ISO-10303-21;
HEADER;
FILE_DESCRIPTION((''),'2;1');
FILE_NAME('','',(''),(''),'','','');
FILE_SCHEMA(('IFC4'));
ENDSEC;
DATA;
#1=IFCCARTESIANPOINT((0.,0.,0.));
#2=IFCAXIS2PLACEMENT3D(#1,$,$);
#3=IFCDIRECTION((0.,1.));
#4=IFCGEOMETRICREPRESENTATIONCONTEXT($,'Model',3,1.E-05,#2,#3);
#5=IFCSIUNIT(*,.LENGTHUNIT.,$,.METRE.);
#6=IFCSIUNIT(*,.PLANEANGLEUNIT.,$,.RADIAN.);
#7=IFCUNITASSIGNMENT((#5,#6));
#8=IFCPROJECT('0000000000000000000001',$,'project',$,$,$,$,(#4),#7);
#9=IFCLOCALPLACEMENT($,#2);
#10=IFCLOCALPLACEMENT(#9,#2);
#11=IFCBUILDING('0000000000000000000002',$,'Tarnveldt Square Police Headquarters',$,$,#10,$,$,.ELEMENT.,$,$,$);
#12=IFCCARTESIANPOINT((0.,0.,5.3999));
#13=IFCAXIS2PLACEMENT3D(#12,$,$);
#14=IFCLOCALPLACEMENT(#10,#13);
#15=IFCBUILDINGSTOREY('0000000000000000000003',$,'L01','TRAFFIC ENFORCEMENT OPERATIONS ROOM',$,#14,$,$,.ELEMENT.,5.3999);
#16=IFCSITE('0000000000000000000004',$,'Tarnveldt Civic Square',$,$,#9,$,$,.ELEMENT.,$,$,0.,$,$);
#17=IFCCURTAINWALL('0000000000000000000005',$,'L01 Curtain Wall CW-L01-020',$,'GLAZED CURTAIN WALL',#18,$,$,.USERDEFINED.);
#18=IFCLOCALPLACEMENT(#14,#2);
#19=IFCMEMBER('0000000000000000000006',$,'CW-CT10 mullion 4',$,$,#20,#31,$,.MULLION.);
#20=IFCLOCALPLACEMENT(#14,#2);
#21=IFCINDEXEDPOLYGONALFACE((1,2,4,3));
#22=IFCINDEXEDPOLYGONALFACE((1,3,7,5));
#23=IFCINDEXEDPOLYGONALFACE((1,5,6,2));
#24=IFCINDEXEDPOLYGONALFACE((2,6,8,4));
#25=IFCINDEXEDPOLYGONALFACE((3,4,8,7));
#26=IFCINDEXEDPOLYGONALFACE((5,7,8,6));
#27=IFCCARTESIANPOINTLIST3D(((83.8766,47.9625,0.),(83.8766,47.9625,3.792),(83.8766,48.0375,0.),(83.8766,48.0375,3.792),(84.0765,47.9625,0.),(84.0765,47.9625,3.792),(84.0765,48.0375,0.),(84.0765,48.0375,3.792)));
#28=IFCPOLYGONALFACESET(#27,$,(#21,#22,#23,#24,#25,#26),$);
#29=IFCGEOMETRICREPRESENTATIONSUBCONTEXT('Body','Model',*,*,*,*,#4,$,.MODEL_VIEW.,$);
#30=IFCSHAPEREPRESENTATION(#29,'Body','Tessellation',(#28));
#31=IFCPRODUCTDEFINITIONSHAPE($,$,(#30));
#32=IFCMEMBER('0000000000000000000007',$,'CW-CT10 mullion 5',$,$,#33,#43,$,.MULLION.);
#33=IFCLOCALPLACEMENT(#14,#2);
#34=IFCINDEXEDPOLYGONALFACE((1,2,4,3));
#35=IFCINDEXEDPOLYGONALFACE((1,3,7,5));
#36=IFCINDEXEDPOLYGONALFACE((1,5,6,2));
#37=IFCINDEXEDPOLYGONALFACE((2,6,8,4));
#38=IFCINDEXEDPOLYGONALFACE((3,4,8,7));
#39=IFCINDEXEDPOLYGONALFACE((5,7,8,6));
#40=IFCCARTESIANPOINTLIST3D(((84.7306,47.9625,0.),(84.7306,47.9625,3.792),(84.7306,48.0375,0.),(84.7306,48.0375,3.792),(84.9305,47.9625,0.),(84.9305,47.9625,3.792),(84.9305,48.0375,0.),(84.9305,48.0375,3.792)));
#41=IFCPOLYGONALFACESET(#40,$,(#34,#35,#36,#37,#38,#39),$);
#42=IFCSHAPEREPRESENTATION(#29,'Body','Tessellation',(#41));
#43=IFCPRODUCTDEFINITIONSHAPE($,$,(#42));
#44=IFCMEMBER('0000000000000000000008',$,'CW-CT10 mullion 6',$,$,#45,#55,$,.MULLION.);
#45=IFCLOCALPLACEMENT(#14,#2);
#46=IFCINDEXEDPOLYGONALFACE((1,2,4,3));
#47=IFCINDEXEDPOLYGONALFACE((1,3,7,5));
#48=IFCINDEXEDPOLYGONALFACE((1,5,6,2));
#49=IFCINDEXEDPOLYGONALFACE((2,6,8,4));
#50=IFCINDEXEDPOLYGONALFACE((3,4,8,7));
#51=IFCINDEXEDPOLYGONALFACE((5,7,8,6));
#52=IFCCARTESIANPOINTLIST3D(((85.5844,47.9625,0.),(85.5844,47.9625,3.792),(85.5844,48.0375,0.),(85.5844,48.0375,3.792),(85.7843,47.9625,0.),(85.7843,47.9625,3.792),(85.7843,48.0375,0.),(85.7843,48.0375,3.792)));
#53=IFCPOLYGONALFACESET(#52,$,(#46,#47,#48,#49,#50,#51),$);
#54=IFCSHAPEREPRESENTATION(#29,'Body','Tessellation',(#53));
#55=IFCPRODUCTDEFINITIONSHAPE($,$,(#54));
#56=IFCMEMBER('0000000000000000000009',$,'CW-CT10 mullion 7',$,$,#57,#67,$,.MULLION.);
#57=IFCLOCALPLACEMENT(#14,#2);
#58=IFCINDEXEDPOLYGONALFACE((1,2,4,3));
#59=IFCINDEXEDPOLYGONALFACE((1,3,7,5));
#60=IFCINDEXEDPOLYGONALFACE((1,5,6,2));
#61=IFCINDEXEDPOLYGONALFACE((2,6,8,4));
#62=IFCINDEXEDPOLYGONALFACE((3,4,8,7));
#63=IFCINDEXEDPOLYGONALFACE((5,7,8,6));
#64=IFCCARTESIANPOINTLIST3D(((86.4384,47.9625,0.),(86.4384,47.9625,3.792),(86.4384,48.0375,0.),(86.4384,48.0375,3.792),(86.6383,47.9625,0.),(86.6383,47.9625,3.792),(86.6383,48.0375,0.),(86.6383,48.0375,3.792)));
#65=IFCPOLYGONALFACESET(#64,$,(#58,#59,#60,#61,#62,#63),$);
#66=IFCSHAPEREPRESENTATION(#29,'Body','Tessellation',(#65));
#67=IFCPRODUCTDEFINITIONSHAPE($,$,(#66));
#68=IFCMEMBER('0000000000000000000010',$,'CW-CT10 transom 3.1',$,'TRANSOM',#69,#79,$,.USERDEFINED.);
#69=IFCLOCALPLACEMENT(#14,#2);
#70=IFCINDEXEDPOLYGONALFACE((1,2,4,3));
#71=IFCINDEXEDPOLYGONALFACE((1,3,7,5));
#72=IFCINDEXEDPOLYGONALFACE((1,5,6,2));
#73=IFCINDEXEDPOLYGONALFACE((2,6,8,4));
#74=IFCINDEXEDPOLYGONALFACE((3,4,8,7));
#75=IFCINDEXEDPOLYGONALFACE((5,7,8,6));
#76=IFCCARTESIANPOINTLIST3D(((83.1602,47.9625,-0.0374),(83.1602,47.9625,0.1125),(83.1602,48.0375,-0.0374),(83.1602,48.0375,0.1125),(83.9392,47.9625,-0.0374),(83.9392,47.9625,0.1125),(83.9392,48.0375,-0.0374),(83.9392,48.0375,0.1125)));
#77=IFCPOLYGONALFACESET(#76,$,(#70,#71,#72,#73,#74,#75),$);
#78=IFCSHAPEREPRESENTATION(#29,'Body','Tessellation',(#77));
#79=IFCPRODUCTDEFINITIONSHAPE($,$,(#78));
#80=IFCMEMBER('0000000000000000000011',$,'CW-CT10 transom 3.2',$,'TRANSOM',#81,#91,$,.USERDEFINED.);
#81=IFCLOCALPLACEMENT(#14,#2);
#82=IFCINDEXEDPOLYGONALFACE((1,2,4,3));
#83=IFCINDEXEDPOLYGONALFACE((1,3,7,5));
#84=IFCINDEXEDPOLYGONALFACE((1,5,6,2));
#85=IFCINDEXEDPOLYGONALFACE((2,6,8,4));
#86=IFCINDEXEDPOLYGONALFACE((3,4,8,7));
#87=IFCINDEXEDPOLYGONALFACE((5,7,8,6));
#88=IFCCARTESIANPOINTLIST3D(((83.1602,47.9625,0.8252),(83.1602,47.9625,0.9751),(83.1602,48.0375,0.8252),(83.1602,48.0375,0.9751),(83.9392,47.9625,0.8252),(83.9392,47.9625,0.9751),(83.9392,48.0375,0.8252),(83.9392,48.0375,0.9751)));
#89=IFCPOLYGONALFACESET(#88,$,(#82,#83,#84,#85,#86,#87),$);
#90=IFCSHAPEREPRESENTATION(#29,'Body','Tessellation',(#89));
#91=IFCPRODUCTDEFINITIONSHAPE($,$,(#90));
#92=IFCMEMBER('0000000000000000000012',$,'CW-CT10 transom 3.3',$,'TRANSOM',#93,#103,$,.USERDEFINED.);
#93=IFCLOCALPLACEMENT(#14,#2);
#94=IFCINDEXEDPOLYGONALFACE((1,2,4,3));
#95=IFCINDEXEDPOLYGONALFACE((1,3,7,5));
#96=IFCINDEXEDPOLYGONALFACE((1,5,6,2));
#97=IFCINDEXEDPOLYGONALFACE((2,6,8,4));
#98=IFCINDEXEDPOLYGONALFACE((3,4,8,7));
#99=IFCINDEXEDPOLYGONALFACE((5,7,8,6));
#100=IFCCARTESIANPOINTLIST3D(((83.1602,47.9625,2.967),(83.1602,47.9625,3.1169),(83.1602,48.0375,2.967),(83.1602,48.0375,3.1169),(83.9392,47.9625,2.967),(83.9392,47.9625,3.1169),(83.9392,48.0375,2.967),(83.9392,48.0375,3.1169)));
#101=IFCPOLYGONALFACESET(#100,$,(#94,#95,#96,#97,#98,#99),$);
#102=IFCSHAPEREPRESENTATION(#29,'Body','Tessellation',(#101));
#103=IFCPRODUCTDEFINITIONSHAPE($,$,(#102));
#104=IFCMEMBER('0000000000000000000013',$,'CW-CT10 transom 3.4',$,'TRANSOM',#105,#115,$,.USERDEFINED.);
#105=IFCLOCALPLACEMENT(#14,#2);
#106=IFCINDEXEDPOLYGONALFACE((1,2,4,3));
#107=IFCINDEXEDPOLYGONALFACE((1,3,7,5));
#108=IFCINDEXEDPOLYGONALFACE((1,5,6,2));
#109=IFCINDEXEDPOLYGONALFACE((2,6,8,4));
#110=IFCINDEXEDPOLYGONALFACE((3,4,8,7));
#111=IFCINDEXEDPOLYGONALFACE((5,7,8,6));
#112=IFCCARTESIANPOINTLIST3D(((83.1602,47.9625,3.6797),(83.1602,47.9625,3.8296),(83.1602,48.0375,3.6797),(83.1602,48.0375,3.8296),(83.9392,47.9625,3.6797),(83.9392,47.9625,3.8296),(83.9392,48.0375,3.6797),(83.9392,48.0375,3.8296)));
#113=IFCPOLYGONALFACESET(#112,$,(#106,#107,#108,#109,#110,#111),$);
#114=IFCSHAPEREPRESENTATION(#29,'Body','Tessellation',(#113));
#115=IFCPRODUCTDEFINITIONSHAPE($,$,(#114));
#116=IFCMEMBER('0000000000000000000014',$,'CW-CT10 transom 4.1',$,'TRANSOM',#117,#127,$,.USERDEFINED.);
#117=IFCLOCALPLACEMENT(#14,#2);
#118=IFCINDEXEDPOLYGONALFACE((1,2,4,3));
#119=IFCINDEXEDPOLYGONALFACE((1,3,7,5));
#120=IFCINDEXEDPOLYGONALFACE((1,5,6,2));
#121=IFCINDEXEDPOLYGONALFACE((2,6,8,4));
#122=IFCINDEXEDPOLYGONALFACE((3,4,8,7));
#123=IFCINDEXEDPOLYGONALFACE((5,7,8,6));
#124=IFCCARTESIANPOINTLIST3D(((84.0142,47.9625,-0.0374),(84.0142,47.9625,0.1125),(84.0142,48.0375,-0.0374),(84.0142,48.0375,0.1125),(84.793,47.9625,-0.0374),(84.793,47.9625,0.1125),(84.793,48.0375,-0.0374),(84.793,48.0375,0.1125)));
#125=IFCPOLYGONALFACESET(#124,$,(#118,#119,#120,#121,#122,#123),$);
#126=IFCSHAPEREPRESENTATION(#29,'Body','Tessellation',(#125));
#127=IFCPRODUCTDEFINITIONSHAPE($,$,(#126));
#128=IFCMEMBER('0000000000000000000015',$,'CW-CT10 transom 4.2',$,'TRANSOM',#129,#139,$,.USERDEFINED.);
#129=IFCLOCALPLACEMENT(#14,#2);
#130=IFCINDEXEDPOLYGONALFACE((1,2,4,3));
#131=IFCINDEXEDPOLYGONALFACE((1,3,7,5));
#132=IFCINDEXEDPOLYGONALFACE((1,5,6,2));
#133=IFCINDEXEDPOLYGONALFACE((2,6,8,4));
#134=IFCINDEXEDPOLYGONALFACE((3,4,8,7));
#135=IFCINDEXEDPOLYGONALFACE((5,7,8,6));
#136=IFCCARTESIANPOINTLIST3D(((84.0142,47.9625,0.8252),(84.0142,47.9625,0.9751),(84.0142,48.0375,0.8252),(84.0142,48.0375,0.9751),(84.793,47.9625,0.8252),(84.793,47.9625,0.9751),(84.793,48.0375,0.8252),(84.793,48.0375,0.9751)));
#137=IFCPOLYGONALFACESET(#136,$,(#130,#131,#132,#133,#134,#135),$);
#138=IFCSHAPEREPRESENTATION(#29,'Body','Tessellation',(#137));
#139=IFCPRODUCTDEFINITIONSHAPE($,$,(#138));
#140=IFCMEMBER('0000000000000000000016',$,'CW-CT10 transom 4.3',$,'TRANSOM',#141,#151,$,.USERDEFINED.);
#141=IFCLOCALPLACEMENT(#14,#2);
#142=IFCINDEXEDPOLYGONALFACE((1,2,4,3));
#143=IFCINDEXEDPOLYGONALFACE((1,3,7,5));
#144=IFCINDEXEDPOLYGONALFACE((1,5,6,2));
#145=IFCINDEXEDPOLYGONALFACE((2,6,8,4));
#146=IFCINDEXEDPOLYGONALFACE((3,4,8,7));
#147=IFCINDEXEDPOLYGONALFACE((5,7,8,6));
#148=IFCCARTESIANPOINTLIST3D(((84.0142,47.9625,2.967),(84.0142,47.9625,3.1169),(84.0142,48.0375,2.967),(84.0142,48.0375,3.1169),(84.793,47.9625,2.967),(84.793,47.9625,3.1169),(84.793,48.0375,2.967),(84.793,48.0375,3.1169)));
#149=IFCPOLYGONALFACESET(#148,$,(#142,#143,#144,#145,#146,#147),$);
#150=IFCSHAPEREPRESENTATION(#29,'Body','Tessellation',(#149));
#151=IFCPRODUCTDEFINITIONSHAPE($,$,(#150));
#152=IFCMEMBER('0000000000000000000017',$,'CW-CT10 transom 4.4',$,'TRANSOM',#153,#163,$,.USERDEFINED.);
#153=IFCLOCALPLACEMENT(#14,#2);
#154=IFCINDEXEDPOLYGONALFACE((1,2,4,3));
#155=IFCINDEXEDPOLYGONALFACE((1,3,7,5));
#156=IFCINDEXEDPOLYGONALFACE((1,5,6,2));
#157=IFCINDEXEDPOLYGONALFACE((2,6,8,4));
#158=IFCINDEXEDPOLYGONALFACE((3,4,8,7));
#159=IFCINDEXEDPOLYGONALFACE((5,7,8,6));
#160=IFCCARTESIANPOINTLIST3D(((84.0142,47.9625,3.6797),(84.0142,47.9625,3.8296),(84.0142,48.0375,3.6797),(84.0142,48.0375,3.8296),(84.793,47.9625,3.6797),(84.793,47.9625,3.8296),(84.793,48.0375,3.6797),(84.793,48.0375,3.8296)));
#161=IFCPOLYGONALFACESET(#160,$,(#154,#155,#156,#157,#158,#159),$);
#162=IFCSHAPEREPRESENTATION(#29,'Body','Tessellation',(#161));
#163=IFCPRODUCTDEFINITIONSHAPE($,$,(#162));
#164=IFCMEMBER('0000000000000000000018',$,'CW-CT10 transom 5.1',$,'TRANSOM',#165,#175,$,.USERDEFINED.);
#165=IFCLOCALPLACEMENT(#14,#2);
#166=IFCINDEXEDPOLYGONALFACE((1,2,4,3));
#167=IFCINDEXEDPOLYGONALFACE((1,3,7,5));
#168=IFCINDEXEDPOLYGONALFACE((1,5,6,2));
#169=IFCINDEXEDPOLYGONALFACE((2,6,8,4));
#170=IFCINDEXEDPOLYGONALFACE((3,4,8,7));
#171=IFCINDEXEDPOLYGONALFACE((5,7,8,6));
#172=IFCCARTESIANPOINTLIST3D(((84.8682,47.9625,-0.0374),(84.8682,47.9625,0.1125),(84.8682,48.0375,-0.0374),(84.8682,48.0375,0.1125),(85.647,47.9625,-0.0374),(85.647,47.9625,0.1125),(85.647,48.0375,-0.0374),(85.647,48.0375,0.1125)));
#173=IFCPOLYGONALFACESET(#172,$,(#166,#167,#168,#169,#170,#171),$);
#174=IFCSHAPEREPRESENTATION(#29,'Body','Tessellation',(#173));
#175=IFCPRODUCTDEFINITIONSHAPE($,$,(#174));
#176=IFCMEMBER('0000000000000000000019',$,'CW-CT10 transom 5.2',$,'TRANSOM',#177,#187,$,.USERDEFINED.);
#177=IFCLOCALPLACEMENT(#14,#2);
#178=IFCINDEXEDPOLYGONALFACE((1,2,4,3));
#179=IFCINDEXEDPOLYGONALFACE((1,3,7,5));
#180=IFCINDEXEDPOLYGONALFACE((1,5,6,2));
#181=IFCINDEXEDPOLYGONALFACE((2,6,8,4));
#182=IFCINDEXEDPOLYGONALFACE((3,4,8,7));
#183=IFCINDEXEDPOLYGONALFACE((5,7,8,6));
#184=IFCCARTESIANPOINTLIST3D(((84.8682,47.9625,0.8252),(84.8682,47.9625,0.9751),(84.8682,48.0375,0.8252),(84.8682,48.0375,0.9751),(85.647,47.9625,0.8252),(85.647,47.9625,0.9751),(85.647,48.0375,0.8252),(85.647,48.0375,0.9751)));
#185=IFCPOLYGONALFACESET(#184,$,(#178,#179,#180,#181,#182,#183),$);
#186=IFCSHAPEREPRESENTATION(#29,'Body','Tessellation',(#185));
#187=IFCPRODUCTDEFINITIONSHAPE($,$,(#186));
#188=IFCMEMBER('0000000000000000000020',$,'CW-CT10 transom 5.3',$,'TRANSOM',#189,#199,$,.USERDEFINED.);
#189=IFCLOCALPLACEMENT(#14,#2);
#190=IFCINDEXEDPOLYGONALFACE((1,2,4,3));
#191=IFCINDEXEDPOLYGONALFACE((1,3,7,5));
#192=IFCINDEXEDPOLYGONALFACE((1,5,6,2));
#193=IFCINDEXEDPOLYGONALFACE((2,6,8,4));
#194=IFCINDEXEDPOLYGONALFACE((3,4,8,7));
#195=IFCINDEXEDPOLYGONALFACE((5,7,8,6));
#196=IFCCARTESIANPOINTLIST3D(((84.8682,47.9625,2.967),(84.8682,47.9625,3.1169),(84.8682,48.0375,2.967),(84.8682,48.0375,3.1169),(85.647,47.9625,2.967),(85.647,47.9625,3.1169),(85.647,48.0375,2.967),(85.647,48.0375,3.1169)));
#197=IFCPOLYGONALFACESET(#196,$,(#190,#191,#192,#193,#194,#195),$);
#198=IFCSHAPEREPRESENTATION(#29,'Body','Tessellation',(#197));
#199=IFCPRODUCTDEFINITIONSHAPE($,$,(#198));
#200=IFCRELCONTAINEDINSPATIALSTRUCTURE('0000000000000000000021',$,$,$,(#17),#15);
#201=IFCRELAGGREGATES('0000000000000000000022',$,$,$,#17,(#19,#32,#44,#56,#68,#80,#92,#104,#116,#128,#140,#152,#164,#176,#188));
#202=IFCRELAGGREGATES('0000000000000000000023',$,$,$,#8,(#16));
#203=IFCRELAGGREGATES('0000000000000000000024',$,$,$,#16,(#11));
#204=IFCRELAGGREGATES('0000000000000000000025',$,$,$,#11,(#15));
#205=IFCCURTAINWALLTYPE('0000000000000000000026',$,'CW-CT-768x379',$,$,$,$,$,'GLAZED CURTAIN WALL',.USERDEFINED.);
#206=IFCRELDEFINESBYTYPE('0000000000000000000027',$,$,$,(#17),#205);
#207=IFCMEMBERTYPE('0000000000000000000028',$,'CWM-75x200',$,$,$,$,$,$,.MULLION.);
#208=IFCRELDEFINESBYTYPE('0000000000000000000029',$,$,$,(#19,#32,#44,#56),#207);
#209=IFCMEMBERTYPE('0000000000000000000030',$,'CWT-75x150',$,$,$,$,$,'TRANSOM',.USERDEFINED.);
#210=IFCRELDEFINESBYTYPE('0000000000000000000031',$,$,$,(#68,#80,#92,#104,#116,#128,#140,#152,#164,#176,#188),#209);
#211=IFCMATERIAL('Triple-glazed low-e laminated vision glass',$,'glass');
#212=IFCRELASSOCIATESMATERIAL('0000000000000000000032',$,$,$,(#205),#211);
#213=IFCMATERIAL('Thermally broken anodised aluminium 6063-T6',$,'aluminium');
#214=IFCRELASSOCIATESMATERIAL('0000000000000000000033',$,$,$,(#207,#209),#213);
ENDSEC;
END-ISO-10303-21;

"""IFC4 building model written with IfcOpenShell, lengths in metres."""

from ifc_helpers import new_model, si_unit, direction, frame, origin, origin_2d, place, context, subcontext, project, spatial, rectangle, extrude, material, material_profile, profile_set, type_object, element, aggregate, save


model = new_model("IFC4")

# Units and contexts
model_context = context("Model", 3, precision=1e-05, world=origin(), true_north=direction((0.0, 1.0)))
body_context = subcontext(model_context, "Body", "Model", "MODEL_VIEW")
ifc_project = project(units=[si_unit("LENGTHUNIT", "METRE"), si_unit("PLANEANGLEUNIT", "RADIAN")], contexts=[model_context])

# Site, building, storey
site_placement = place(None, origin())
site = spatial("IfcSite", under=ifc_project, at=site_placement, Name="Tarnveldt Civic Square", CompositionType="ELEMENT", RefElevation=0.0)
building_placement = place(site_placement, origin())
building = spatial("IfcBuilding", under=site, at=building_placement, Name="Tarnveldt Square Police Headquarters", CompositionType="ELEMENT")
storey_placement = place(building_placement, frame((0.0, 0.0, 5.3999)))
storey = spatial("IfcBuildingStorey", under=building, at=storey_placement, Name="L01", Description="TRAFFIC ENFORCEMENT OPERATIONS ROOM", CompositionType="ELEMENT", Elevation=5.3999)

# Curtain wall, members
ifc_material_1 = material(Name="Triple-glazed low-e laminated vision glass", Category="glass")
curtain_wall_type = type_object("IfcCurtainWallType", Name="CW-CT-768x379", ElementType="GLAZED CURTAIN WALL", PredefinedType="USERDEFINED", material=ifc_material_1)
curtain_wall_placement = place(storey_placement, origin())
curtain_wall = element("IfcCurtainWall", 1, at=curtain_wall_placement, inside=storey, type_object=curtain_wall_type, Name="L01 Curtain Wall CW-L01-020", ObjectType="GLAZED CURTAIN WALL", PredefinedType="USERDEFINED")
ifc_material_2 = material(Name="Thermally broken anodised aluminium 6063-T6", Category="aluminium")
ifc_material_profile_1 = material_profile(ifc_material_2, rectangle(XDim=0.075, YDim=0.2, at=origin_2d()), Name="CW-M75x200")
ifc_profile_set_1 = profile_set([ifc_material_profile_1], Name="Thermally broken anodised aluminium 6063-T6")
member_type_1 = type_object("IfcMemberType", Name="CWM-75x200", PredefinedType="MULLION", material=ifc_profile_set_1)
member_1_placement = place(storey_placement, frame((83.9766, 48.0, 0.0), z_axis=(0.0, 0.0, 1.0), x_axis=(0.0, 1.0, 0.0)))
member_1 = element("IfcMember", 2, at=member_1_placement, type_object=member_type_1, Name="CW-CT10 mullion 4", PredefinedType="MULLION", context=body_context, shape_type="SweptSolid", body=[
    extrude(rectangle(XDim=0.075, YDim=0.2, at=origin_2d()), origin(), (0.0, 0.0, 1.0), 3.792),
])
member_2_placement = place(storey_placement, frame((84.8306, 48.0, 0.0), z_axis=(0.0, 0.0, 1.0), x_axis=(0.0, 1.0, 0.0)))
member_2 = element("IfcMember", 3, at=member_2_placement, type_object=member_type_1, Name="CW-CT10 mullion 5", PredefinedType="MULLION", context=body_context, shape_type="SweptSolid", body=[
    extrude(rectangle(XDim=0.075, YDim=0.2, at=origin_2d()), origin(), (0.0, 0.0, 1.0), 3.792),
])
member_3_placement = place(storey_placement, frame((85.6843, 48.0, 0.0), z_axis=(0.0, 0.0, 1.0), x_axis=(0.0, 1.0, 0.0)))
member_3 = element("IfcMember", 4, at=member_3_placement, type_object=member_type_1, Name="CW-CT10 mullion 6", PredefinedType="MULLION", context=body_context, shape_type="SweptSolid", body=[
    extrude(rectangle(XDim=0.075, YDim=0.2, at=origin_2d()), origin(), (0.0, 0.0, 1.0), 3.792),
])
member_4_placement = place(storey_placement, frame((86.5383, 48.0, 0.0), z_axis=(0.0, 0.0, 1.0), x_axis=(0.0, 1.0, 0.0)))
member_4 = element("IfcMember", 5, at=member_4_placement, type_object=member_type_1, Name="CW-CT10 mullion 7", PredefinedType="MULLION", context=body_context, shape_type="SweptSolid", body=[
    extrude(rectangle(XDim=0.075, YDim=0.2, at=origin_2d()), origin(), (0.0, 0.0, 1.0), 3.792),
])
ifc_material_profile_2 = material_profile(ifc_material_2, rectangle(XDim=0.075, YDim=0.1499, at=origin_2d()), Name="CW-T75x150")
ifc_profile_set_2 = profile_set([ifc_material_profile_2], Name="Thermally broken anodised aluminium 6063-T6")
member_type_2 = type_object("IfcMemberType", Name="CWT-75x150", ElementType="TRANSOM", PredefinedType="USERDEFINED", material=ifc_profile_set_2)
member_5_placement = place(storey_placement, frame((83.1602, 48.0, 0.0376), z_axis=(1.0, 0.0, 0.0), x_axis=(0.0, 1.0, 0.0)))
member_5 = element("IfcMember", 6, at=member_5_placement, type_object=member_type_2, Name="CW-CT10 transom 3.1", ObjectType="TRANSOM", PredefinedType="USERDEFINED", context=body_context, shape_type="SweptSolid", body=[
    extrude(rectangle(XDim=0.075, YDim=0.1499, at=origin_2d()), origin(), (0.0, 0.0, 1.0), 0.7791),
])
member_6_placement = place(storey_placement, frame((83.1602, 48.0, 0.9001), z_axis=(1.0, 0.0, 0.0), x_axis=(0.0, 1.0, 0.0)))
member_6 = element("IfcMember", 7, at=member_6_placement, type_object=member_type_2, Name="CW-CT10 transom 3.2", ObjectType="TRANSOM", PredefinedType="USERDEFINED", context=body_context, shape_type="SweptSolid", body=[
    extrude(rectangle(XDim=0.075, YDim=0.1499, at=origin_2d()), origin(), (0.0, 0.0, 1.0), 0.7791),
])
member_7_placement = place(storey_placement, frame((83.1602, 48.0, 3.042), z_axis=(1.0, 0.0, 0.0), x_axis=(0.0, 1.0, 0.0)))
member_7 = element("IfcMember", 8, at=member_7_placement, type_object=member_type_2, Name="CW-CT10 transom 3.3", ObjectType="TRANSOM", PredefinedType="USERDEFINED", context=body_context, shape_type="SweptSolid", body=[
    extrude(rectangle(XDim=0.075, YDim=0.1499, at=origin_2d()), origin(), (0.0, 0.0, 1.0), 0.7791),
])
member_8_placement = place(storey_placement, frame((83.1602, 48.0, 3.7546), z_axis=(1.0, 0.0, 0.0), x_axis=(0.0, 1.0, 0.0)))
member_8 = element("IfcMember", 9, at=member_8_placement, type_object=member_type_2, Name="CW-CT10 transom 3.4", ObjectType="TRANSOM", PredefinedType="USERDEFINED", context=body_context, shape_type="SweptSolid", body=[
    extrude(rectangle(XDim=0.075, YDim=0.1499, at=origin_2d()), origin(), (0.0, 0.0, 1.0), 0.7791),
])
member_9_placement = place(storey_placement, frame((84.0142, 48.0, 0.0376), z_axis=(1.0, 0.0, 0.0), x_axis=(0.0, 1.0, 0.0)))
member_9 = element("IfcMember", 10, at=member_9_placement, type_object=member_type_2, Name="CW-CT10 transom 4.1", ObjectType="TRANSOM", PredefinedType="USERDEFINED", context=body_context, shape_type="SweptSolid", body=[
    extrude(rectangle(XDim=0.075, YDim=0.1499, at=origin_2d()), origin(), (0.0, 0.0, 1.0), 0.7788),
])
member_10_placement = place(storey_placement, frame((84.0142, 48.0, 0.9001), z_axis=(1.0, 0.0, 0.0), x_axis=(0.0, 1.0, 0.0)))
member_10 = element("IfcMember", 11, at=member_10_placement, type_object=member_type_2, Name="CW-CT10 transom 4.2", ObjectType="TRANSOM", PredefinedType="USERDEFINED", context=body_context, shape_type="SweptSolid", body=[
    extrude(rectangle(XDim=0.075, YDim=0.1499, at=origin_2d()), origin(), (0.0, 0.0, 1.0), 0.7788),
])
member_11_placement = place(storey_placement, frame((84.0142, 48.0, 3.042), z_axis=(1.0, 0.0, 0.0), x_axis=(0.0, 1.0, 0.0)))
member_11 = element("IfcMember", 12, at=member_11_placement, type_object=member_type_2, Name="CW-CT10 transom 4.3", ObjectType="TRANSOM", PredefinedType="USERDEFINED", context=body_context, shape_type="SweptSolid", body=[
    extrude(rectangle(XDim=0.075, YDim=0.1499, at=origin_2d()), origin(), (0.0, 0.0, 1.0), 0.7788),
])
member_12_placement = place(storey_placement, frame((84.0142, 48.0, 3.7546), z_axis=(1.0, 0.0, 0.0), x_axis=(0.0, 1.0, 0.0)))
member_12 = element("IfcMember", 13, at=member_12_placement, type_object=member_type_2, Name="CW-CT10 transom 4.4", ObjectType="TRANSOM", PredefinedType="USERDEFINED", context=body_context, shape_type="SweptSolid", body=[
    extrude(rectangle(XDim=0.075, YDim=0.1499, at=origin_2d()), origin(), (0.0, 0.0, 1.0), 0.7788),
])
member_13_placement = place(storey_placement, frame((84.8682, 48.0, 0.0376), z_axis=(1.0, 0.0, 0.0), x_axis=(0.0, 1.0, 0.0)))
member_13 = element("IfcMember", 14, at=member_13_placement, type_object=member_type_2, Name="CW-CT10 transom 5.1", ObjectType="TRANSOM", PredefinedType="USERDEFINED", context=body_context, shape_type="SweptSolid", body=[
    extrude(rectangle(XDim=0.075, YDim=0.1499, at=origin_2d()), origin(), (0.0, 0.0, 1.0), 0.7788),
])
member_14_placement = place(storey_placement, frame((84.8682, 48.0, 0.9001), z_axis=(1.0, 0.0, 0.0), x_axis=(0.0, 1.0, 0.0)))
member_14 = element("IfcMember", 15, at=member_14_placement, type_object=member_type_2, Name="CW-CT10 transom 5.2", ObjectType="TRANSOM", PredefinedType="USERDEFINED", context=body_context, shape_type="SweptSolid", body=[
    extrude(rectangle(XDim=0.075, YDim=0.1499, at=origin_2d()), origin(), (0.0, 0.0, 1.0), 0.7788),
])
member_15_placement = place(storey_placement, frame((84.8682, 48.0, 3.042), z_axis=(1.0, 0.0, 0.0), x_axis=(0.0, 1.0, 0.0)))
member_15 = element("IfcMember", 16, at=member_15_placement, type_object=member_type_2, Name="CW-CT10 transom 5.3", ObjectType="TRANSOM", PredefinedType="USERDEFINED", context=body_context, shape_type="SweptSolid", body=[
    extrude(rectangle(XDim=0.075, YDim=0.1499, at=origin_2d()), origin(), (0.0, 0.0, 1.0), 0.7788),
])
aggregate(curtain_wall, [member_1, member_2, member_3, member_4, member_5, member_6, member_7, member_8, member_9, member_10, member_11, member_12, member_13, member_14, member_15])

save(model, "model.ifc")
